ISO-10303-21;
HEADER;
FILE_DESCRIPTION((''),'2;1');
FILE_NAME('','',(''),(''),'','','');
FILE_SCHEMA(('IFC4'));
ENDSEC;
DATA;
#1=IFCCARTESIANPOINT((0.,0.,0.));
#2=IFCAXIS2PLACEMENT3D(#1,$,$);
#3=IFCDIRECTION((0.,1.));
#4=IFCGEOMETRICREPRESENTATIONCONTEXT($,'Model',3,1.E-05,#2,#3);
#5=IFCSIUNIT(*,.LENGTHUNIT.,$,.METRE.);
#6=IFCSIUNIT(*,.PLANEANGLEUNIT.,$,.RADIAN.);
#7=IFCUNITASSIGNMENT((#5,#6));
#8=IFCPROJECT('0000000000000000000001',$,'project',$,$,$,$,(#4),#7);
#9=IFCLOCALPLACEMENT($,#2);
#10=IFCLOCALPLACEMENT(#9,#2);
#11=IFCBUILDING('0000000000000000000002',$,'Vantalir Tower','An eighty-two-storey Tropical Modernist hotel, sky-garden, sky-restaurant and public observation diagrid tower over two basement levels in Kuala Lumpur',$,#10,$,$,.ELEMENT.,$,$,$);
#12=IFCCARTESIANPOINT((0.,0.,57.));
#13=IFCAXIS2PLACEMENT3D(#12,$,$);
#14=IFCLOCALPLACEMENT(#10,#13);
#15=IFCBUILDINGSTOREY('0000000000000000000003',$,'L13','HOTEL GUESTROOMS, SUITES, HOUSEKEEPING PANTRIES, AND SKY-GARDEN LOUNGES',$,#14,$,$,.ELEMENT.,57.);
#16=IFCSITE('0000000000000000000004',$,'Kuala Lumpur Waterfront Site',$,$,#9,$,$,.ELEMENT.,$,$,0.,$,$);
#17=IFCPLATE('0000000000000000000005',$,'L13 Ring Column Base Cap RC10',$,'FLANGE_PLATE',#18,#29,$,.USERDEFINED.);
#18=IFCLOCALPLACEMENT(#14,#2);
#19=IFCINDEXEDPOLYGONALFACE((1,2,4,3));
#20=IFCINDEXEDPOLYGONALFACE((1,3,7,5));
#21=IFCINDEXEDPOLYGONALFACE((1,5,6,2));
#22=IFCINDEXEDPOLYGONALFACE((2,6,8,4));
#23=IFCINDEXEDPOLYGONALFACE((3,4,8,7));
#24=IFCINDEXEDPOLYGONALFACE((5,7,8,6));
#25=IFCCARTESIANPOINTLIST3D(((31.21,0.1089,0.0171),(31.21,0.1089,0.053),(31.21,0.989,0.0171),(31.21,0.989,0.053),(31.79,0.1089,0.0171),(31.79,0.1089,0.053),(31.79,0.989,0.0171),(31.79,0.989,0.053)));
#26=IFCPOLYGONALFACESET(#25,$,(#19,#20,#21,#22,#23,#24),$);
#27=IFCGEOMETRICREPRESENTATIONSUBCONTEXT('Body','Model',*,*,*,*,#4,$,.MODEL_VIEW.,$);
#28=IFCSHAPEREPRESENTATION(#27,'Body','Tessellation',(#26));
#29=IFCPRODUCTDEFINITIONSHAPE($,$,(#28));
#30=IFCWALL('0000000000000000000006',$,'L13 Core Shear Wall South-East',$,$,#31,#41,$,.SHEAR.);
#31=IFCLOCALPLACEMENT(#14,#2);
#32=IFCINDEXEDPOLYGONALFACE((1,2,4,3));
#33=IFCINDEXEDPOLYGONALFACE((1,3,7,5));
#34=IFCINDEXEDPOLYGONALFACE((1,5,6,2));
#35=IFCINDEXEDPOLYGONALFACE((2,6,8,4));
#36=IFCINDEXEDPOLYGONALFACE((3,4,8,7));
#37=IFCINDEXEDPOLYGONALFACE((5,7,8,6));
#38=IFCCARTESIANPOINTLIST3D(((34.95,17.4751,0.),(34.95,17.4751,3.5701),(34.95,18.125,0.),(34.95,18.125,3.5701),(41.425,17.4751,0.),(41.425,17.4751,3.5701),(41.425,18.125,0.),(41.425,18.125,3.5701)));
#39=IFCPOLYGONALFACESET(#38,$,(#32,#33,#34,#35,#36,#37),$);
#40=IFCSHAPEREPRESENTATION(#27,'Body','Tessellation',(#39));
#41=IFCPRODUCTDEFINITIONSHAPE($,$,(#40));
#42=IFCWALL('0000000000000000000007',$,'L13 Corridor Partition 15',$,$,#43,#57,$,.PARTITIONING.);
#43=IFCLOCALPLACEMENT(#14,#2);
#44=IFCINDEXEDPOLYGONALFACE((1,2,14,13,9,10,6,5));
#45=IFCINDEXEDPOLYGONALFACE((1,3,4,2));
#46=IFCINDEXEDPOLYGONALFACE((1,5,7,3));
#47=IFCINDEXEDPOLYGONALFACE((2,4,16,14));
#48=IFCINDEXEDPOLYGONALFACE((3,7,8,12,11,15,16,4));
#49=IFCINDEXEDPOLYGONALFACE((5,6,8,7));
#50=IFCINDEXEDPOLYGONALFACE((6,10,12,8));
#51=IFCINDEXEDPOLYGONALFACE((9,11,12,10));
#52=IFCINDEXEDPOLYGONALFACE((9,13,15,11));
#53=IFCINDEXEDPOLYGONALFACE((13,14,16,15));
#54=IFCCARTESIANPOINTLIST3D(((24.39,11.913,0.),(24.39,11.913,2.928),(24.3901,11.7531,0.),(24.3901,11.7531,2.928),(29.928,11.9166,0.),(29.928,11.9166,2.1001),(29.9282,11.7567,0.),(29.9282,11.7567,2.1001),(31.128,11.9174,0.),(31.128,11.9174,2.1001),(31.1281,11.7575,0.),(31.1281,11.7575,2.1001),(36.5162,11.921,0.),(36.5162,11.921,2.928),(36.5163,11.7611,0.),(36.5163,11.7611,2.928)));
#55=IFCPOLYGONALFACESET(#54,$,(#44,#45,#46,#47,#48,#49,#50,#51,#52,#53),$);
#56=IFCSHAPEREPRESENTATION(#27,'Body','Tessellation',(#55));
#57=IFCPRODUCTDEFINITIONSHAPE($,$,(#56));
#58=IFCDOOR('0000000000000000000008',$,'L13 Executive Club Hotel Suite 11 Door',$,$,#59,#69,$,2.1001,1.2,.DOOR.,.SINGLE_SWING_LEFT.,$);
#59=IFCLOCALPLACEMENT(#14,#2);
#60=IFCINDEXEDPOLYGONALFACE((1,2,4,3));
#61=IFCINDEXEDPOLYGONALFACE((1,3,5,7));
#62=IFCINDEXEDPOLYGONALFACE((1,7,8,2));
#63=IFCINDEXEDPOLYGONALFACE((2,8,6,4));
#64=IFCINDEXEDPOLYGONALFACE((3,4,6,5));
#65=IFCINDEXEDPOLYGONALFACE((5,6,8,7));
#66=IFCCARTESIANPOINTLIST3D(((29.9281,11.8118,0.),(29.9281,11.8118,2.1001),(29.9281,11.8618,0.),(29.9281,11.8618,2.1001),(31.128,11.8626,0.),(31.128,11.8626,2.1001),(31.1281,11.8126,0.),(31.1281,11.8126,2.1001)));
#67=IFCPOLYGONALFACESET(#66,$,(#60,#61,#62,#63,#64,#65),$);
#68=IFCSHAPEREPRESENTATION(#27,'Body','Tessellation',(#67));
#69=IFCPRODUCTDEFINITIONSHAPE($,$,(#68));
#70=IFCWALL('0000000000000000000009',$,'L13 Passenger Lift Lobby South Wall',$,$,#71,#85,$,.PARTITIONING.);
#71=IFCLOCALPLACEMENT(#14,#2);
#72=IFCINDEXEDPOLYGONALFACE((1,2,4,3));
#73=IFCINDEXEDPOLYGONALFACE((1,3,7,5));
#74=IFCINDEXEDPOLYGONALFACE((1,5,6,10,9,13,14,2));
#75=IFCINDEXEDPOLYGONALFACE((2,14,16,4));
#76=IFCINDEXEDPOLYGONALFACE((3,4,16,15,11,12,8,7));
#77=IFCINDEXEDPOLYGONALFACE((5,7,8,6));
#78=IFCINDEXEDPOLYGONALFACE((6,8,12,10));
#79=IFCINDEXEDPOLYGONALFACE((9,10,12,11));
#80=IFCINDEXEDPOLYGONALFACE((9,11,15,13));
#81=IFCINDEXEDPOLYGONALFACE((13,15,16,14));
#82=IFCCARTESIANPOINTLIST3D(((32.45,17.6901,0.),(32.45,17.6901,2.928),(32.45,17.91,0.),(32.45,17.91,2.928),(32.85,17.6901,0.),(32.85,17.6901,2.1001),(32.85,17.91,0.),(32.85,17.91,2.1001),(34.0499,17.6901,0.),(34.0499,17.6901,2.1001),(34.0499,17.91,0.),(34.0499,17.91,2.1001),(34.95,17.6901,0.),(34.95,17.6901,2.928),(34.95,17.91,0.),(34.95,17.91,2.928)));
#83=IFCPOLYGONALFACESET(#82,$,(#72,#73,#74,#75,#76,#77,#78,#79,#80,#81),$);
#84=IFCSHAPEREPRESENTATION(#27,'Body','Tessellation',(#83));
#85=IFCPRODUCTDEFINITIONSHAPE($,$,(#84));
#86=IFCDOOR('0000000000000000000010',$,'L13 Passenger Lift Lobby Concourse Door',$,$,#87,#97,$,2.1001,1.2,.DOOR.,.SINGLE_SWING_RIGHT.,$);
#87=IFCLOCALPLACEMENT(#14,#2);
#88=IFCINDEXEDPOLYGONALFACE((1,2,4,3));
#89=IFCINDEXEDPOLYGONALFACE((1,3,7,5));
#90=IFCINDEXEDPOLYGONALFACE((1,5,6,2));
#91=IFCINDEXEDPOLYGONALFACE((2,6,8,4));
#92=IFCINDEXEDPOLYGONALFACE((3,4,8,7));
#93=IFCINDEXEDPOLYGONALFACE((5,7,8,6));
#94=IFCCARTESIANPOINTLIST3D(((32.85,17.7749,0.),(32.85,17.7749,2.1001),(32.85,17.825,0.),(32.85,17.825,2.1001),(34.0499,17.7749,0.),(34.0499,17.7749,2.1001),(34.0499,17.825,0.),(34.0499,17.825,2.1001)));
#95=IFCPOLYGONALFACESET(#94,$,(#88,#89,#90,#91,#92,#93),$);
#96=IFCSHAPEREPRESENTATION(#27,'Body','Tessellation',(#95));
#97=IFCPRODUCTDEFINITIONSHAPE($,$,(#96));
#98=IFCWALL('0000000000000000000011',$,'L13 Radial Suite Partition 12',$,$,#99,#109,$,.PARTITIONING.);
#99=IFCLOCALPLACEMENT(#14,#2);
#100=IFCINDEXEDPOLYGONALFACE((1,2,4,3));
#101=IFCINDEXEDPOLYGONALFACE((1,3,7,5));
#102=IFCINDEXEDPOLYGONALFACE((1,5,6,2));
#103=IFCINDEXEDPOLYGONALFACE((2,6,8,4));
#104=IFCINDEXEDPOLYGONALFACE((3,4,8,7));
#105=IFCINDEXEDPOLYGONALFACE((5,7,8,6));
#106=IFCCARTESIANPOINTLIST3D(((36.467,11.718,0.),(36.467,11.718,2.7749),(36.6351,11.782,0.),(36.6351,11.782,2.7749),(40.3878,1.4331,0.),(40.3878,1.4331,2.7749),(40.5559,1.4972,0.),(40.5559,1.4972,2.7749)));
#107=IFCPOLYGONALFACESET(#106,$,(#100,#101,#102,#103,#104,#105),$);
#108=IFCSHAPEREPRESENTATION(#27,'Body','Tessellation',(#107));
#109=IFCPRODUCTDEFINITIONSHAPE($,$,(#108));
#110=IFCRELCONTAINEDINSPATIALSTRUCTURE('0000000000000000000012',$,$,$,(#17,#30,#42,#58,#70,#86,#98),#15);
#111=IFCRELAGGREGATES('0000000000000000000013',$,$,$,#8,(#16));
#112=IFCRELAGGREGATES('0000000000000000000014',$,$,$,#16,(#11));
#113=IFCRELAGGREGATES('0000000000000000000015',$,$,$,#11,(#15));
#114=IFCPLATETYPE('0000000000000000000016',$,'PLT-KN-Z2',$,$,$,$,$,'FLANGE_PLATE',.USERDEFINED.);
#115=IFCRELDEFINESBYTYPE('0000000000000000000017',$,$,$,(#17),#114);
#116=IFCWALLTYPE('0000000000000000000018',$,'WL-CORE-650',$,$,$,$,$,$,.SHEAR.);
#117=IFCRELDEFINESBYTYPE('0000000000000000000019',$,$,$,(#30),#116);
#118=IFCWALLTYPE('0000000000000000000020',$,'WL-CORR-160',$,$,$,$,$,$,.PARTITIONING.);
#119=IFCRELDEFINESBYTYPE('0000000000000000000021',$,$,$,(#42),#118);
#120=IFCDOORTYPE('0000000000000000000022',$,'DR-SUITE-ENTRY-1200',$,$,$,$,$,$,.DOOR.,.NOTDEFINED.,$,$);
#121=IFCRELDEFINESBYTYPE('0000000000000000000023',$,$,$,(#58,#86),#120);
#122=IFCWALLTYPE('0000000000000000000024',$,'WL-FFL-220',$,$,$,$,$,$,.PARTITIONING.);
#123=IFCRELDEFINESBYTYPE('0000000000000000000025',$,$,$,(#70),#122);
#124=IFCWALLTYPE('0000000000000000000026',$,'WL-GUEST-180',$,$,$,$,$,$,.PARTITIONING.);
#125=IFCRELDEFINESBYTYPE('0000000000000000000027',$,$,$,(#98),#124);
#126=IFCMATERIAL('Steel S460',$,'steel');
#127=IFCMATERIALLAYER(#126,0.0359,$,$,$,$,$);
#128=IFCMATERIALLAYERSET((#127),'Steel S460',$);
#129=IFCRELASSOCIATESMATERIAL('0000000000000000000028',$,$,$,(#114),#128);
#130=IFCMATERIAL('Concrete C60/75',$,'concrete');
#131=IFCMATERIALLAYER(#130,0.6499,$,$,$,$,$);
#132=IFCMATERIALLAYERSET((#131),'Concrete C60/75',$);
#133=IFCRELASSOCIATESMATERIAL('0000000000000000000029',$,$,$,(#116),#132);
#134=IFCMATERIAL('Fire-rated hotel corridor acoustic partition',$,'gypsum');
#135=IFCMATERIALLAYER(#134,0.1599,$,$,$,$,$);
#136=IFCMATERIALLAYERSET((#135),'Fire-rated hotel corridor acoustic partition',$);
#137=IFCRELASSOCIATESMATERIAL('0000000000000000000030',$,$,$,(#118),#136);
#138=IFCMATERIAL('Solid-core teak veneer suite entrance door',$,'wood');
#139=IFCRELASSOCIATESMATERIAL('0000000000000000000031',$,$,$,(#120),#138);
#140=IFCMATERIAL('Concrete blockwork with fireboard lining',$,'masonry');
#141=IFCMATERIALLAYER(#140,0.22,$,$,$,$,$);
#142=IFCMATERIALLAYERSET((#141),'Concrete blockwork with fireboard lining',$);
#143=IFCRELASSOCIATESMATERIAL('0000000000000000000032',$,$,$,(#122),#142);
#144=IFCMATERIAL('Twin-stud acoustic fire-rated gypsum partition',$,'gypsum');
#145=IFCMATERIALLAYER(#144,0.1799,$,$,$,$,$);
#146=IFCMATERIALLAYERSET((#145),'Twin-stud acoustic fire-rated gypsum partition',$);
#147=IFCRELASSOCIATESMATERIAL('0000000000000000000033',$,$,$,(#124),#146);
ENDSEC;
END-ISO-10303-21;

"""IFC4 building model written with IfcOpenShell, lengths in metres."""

from ifc_helpers import new_model, si_unit, direction, frame, frame_2d, origin, place, context, subcontext, project, spatial, polyline, rectangle, outline, extrude, material, layer, layer_set, type_object, element, fill, save


model = new_model("IFC4")

# Units and contexts
model_context = context("Model", 3, precision=1e-05, world=origin(), true_north=direction((0.0, 1.0)))
body_context = subcontext(model_context, "Body", "Model", "MODEL_VIEW")
ifc_project = project(units=[si_unit("LENGTHUNIT", "METRE"), si_unit("PLANEANGLEUNIT", "RADIAN")], contexts=[model_context])

# Site, building, storey
site_placement = place(None, origin())
site = spatial("IfcSite", under=ifc_project, at=site_placement, Name="Kuala Lumpur Waterfront Site", CompositionType="ELEMENT", RefElevation=0.0)
building_placement = place(site_placement, origin())
building = spatial("IfcBuilding", under=site, at=building_placement, Name="Vantalir Tower", Description="An eighty-two-storey Tropical Modernist hotel, sky-garden, sky-restaurant and public observation diagrid tower over two basement levels in Kuala Lumpur", CompositionType="ELEMENT")
storey_placement = place(building_placement, frame((0.0, 0.0, 57.0)))
storey = spatial("IfcBuildingStorey", under=building, at=storey_placement, Name="L13", Description="HOTEL GUESTROOMS, SUITES, HOUSEKEEPING PANTRIES, AND SKY-GARDEN LOUNGES", CompositionType="ELEMENT", Elevation=57.0)

# Shared definitions
ifc_material_1 = material(Name="Concrete C60/75", Category="concrete")
ifc_material_2 = material(Name="Steel S460", Category="steel")

# Plate
ifc_layer_1 = layer(ifc_material_2, 0.0359)
ifc_layer_set_1 = layer_set([ifc_layer_1], Name="Steel S460")
plate_type_1 = type_object("IfcPlateType", Name="PLT-KN-Z2", ElementType="FLANGE_PLATE", PredefinedType="USERDEFINED", material=ifc_layer_set_1)
for number, where, z_axis, x_axis, name in (
    (1, (31.21, 0.989, 0.053), (0.0, 0.0, 1.0), (0.0, -1.0, 0.0), "L13 Ring Column Base Cap RC10"),
):
    element("IfcPlate", number, at=place(storey_placement, frame(where, z_axis=z_axis, x_axis=x_axis)), inside=storey, type_object=plate_type_1, Name=name, ObjectType="FLANGE_PLATE", PredefinedType="USERDEFINED", context=body_context, shape_type="SweptSolid", body=[
        extrude(outline(polyline([(0.0, 0.0), (0.8801, 0.0), (0.8801, 0.5801), (0.0, 0.5801), (0.0, 0.0)])), origin(), (0.0, 0.0, -1.0), 0.0359),
    ])

# Wall
ifc_layer_2 = layer(ifc_material_1, 0.6499)
ifc_layer_set_2 = layer_set([ifc_layer_2], Name="Concrete C60/75")
wall_type_1 = type_object("IfcWallType", Name="WL-CORE-650", PredefinedType="SHEAR", material=ifc_layer_set_2)
wall_1_placement = place(storey_placement, frame((34.95, 17.8, 0.0), z_axis=(0.0, 0.0, 1.0), x_axis=(1.0, 0.0, 0.0)))
element("IfcWall", 2, at=wall_1_placement, inside=storey, type_object=wall_type_1, Name="L13 Core Shear Wall South-East", PredefinedType="SHEAR", context=body_context, shape_type="SweptSolid", body=[
    extrude(rectangle(XDim=6.4751, YDim=0.6499, at=frame_2d((3.2375, 0.0))), origin(), (0.0, 0.0, 1.0), 3.5701),
])

# Walls, openings, doors
ifc_material_3 = material(Name="Fire-rated hotel corridor acoustic partition", Category="gypsum")
ifc_layer_3 = layer(ifc_material_3, 0.1599)
ifc_layer_set_3 = layer_set([ifc_layer_3], Name="Fire-rated hotel corridor acoustic partition")
wall_type_2 = type_object("IfcWallType", Name="WL-CORR-160", PredefinedType="PARTITIONING", material=ifc_layer_set_3)
wall_2_placement = place(storey_placement, frame((36.5161, 11.8411, 0.0), z_axis=(0.0, 0.0, 1.0), x_axis=(-1.0, -0.000664, 0.0)))
wall_2 = element("IfcWall", 3, at=wall_2_placement, inside=storey, type_object=wall_type_2, Name="L13 Corridor Partition 15", PredefinedType="PARTITIONING", context=body_context, shape_type="SweptSolid", body=[
    extrude(rectangle(XDim=12.1262, YDim=0.1599, at=frame_2d((6.063, 0.0))), origin(), (0.0, 0.0, 1.0), 2.928),
])
opening_1_placement = place(wall_2_placement, frame((5.3879, 0.0, 0.0)))
opening_1 = element("IfcOpeningElement", 4, at=opening_1_placement, cuts=wall_2, PredefinedType="OPENING", context=body_context, shape_type="SweptSolid", body=[
    extrude(rectangle(XDim=1.2, YDim=2.1001, at=frame_2d((0.6001, 1.05))), frame((0.0, 0.0898, 0.0), z_axis=(0.0, -1.0, 0.0), x_axis=(1.0, 0.0, 0.0)), (0.0, 0.0, 1.0), 0.1799),
])
ifc_material_4 = material(Name="Solid-core teak veneer suite entrance door", Category="wood")
door_type = type_object("IfcDoorType", Name="DR-SUITE-ENTRY-1200", OperationType="NOTDEFINED", PredefinedType="DOOR", material=ifc_material_4)
door_1_placement = place(opening_1_placement, origin())
door_1 = element("IfcDoor", 5, at=door_1_placement, inside=storey, type_object=door_type, Name="L13 Executive Club Hotel Suite 11 Door", OperationType="SINGLE_SWING_LEFT", OverallHeight=2.1001, OverallWidth=1.2, PredefinedType="DOOR", context=body_context, shape_type="SweptSolid", body=[
    extrude(rectangle(XDim=1.2, YDim=2.1001, at=frame_2d((0.6001, 1.05))), frame((0.0, 0.0249, 0.0), z_axis=(0.0, -1.0, 0.0), x_axis=(1.0, 0.0, 0.0)), (0.0, 0.0, 1.0), 0.05),
])
fill(opening_1, door_1)
ifc_material_5 = material(Name="Concrete blockwork with fireboard lining", Category="masonry")
ifc_layer_4 = layer(ifc_material_5, 0.22)
ifc_layer_set_4 = layer_set([ifc_layer_4], Name="Concrete blockwork with fireboard lining")
wall_type_3 = type_object("IfcWallType", Name="WL-FFL-220", PredefinedType="PARTITIONING", material=ifc_layer_set_4)
wall_3_placement = place(storey_placement, frame((32.45, 17.8, 0.0), z_axis=(0.0, 0.0, 1.0), x_axis=(1.0, 0.0, 0.0)))
wall_3 = element("IfcWall", 6, at=wall_3_placement, inside=storey, type_object=wall_type_3, Name="L13 Passenger Lift Lobby South Wall", PredefinedType="PARTITIONING", context=body_context, shape_type="SweptSolid", body=[
    extrude(rectangle(XDim=2.5, YDim=0.22, at=frame_2d((1.25, 0.0))), origin(), (0.0, 0.0, 1.0), 2.928),
])
opening_2_placement = place(wall_3_placement, frame((0.3999, 0.0, 0.0)))
opening_2 = element("IfcOpeningElement", 7, at=opening_2_placement, cuts=wall_3, PredefinedType="OPENING", context=body_context, shape_type="SweptSolid", body=[
    extrude(rectangle(XDim=1.2, YDim=2.1001, at=frame_2d((0.6001, 1.05))), frame((0.0, 0.1199, 0.0), z_axis=(0.0, -1.0, 0.0), x_axis=(1.0, 0.0, 0.0)), (0.0, 0.0, 1.0), 0.24),
])
door_2_placement = place(opening_2_placement, origin())
door_2 = element("IfcDoor", 8, at=door_2_placement, inside=storey, type_object=door_type, Name="L13 Passenger Lift Lobby Concourse Door", OperationType="SINGLE_SWING_RIGHT", OverallHeight=2.1001, OverallWidth=1.2, PredefinedType="DOOR", context=body_context, shape_type="SweptSolid", body=[
    extrude(rectangle(XDim=1.2, YDim=2.1001, at=frame_2d((0.6001, 1.05))), frame((0.0, 0.0249, 0.0), z_axis=(0.0, -1.0, 0.0), x_axis=(1.0, 0.0, 0.0)), (0.0, 0.0, 1.0), 0.05),
])
fill(opening_2, door_2)

# Wall
ifc_material_6 = material(Name="Twin-stud acoustic fire-rated gypsum partition", Category="gypsum")
ifc_layer_5 = layer(ifc_material_6, 0.1799)
ifc_layer_set_5 = layer_set([ifc_layer_5], Name="Twin-stud acoustic fire-rated gypsum partition")
wall_type_4 = type_object("IfcWallType", Name="WL-GUEST-180", PredefinedType="PARTITIONING", material=ifc_layer_set_5)
wall_4_placement = place(storey_placement, frame((36.551, 11.75, 0.0), z_axis=(0.0, 0.0, 1.0), x_axis=(0.35622, -0.934402, 0.0)))
element("IfcWall", 9, at=wall_4_placement, inside=storey, type_object=wall_type_4, Name="L13 Radial Suite Partition 12", PredefinedType="PARTITIONING", context=body_context, shape_type="SweptSolid", body=[
    extrude(rectangle(XDim=11.0068, YDim=0.1799, at=frame_2d((5.5034, 0.0))), origin(), (0.0, 0.0, 1.0), 2.7749),
])

save(model, "model.ifc")
